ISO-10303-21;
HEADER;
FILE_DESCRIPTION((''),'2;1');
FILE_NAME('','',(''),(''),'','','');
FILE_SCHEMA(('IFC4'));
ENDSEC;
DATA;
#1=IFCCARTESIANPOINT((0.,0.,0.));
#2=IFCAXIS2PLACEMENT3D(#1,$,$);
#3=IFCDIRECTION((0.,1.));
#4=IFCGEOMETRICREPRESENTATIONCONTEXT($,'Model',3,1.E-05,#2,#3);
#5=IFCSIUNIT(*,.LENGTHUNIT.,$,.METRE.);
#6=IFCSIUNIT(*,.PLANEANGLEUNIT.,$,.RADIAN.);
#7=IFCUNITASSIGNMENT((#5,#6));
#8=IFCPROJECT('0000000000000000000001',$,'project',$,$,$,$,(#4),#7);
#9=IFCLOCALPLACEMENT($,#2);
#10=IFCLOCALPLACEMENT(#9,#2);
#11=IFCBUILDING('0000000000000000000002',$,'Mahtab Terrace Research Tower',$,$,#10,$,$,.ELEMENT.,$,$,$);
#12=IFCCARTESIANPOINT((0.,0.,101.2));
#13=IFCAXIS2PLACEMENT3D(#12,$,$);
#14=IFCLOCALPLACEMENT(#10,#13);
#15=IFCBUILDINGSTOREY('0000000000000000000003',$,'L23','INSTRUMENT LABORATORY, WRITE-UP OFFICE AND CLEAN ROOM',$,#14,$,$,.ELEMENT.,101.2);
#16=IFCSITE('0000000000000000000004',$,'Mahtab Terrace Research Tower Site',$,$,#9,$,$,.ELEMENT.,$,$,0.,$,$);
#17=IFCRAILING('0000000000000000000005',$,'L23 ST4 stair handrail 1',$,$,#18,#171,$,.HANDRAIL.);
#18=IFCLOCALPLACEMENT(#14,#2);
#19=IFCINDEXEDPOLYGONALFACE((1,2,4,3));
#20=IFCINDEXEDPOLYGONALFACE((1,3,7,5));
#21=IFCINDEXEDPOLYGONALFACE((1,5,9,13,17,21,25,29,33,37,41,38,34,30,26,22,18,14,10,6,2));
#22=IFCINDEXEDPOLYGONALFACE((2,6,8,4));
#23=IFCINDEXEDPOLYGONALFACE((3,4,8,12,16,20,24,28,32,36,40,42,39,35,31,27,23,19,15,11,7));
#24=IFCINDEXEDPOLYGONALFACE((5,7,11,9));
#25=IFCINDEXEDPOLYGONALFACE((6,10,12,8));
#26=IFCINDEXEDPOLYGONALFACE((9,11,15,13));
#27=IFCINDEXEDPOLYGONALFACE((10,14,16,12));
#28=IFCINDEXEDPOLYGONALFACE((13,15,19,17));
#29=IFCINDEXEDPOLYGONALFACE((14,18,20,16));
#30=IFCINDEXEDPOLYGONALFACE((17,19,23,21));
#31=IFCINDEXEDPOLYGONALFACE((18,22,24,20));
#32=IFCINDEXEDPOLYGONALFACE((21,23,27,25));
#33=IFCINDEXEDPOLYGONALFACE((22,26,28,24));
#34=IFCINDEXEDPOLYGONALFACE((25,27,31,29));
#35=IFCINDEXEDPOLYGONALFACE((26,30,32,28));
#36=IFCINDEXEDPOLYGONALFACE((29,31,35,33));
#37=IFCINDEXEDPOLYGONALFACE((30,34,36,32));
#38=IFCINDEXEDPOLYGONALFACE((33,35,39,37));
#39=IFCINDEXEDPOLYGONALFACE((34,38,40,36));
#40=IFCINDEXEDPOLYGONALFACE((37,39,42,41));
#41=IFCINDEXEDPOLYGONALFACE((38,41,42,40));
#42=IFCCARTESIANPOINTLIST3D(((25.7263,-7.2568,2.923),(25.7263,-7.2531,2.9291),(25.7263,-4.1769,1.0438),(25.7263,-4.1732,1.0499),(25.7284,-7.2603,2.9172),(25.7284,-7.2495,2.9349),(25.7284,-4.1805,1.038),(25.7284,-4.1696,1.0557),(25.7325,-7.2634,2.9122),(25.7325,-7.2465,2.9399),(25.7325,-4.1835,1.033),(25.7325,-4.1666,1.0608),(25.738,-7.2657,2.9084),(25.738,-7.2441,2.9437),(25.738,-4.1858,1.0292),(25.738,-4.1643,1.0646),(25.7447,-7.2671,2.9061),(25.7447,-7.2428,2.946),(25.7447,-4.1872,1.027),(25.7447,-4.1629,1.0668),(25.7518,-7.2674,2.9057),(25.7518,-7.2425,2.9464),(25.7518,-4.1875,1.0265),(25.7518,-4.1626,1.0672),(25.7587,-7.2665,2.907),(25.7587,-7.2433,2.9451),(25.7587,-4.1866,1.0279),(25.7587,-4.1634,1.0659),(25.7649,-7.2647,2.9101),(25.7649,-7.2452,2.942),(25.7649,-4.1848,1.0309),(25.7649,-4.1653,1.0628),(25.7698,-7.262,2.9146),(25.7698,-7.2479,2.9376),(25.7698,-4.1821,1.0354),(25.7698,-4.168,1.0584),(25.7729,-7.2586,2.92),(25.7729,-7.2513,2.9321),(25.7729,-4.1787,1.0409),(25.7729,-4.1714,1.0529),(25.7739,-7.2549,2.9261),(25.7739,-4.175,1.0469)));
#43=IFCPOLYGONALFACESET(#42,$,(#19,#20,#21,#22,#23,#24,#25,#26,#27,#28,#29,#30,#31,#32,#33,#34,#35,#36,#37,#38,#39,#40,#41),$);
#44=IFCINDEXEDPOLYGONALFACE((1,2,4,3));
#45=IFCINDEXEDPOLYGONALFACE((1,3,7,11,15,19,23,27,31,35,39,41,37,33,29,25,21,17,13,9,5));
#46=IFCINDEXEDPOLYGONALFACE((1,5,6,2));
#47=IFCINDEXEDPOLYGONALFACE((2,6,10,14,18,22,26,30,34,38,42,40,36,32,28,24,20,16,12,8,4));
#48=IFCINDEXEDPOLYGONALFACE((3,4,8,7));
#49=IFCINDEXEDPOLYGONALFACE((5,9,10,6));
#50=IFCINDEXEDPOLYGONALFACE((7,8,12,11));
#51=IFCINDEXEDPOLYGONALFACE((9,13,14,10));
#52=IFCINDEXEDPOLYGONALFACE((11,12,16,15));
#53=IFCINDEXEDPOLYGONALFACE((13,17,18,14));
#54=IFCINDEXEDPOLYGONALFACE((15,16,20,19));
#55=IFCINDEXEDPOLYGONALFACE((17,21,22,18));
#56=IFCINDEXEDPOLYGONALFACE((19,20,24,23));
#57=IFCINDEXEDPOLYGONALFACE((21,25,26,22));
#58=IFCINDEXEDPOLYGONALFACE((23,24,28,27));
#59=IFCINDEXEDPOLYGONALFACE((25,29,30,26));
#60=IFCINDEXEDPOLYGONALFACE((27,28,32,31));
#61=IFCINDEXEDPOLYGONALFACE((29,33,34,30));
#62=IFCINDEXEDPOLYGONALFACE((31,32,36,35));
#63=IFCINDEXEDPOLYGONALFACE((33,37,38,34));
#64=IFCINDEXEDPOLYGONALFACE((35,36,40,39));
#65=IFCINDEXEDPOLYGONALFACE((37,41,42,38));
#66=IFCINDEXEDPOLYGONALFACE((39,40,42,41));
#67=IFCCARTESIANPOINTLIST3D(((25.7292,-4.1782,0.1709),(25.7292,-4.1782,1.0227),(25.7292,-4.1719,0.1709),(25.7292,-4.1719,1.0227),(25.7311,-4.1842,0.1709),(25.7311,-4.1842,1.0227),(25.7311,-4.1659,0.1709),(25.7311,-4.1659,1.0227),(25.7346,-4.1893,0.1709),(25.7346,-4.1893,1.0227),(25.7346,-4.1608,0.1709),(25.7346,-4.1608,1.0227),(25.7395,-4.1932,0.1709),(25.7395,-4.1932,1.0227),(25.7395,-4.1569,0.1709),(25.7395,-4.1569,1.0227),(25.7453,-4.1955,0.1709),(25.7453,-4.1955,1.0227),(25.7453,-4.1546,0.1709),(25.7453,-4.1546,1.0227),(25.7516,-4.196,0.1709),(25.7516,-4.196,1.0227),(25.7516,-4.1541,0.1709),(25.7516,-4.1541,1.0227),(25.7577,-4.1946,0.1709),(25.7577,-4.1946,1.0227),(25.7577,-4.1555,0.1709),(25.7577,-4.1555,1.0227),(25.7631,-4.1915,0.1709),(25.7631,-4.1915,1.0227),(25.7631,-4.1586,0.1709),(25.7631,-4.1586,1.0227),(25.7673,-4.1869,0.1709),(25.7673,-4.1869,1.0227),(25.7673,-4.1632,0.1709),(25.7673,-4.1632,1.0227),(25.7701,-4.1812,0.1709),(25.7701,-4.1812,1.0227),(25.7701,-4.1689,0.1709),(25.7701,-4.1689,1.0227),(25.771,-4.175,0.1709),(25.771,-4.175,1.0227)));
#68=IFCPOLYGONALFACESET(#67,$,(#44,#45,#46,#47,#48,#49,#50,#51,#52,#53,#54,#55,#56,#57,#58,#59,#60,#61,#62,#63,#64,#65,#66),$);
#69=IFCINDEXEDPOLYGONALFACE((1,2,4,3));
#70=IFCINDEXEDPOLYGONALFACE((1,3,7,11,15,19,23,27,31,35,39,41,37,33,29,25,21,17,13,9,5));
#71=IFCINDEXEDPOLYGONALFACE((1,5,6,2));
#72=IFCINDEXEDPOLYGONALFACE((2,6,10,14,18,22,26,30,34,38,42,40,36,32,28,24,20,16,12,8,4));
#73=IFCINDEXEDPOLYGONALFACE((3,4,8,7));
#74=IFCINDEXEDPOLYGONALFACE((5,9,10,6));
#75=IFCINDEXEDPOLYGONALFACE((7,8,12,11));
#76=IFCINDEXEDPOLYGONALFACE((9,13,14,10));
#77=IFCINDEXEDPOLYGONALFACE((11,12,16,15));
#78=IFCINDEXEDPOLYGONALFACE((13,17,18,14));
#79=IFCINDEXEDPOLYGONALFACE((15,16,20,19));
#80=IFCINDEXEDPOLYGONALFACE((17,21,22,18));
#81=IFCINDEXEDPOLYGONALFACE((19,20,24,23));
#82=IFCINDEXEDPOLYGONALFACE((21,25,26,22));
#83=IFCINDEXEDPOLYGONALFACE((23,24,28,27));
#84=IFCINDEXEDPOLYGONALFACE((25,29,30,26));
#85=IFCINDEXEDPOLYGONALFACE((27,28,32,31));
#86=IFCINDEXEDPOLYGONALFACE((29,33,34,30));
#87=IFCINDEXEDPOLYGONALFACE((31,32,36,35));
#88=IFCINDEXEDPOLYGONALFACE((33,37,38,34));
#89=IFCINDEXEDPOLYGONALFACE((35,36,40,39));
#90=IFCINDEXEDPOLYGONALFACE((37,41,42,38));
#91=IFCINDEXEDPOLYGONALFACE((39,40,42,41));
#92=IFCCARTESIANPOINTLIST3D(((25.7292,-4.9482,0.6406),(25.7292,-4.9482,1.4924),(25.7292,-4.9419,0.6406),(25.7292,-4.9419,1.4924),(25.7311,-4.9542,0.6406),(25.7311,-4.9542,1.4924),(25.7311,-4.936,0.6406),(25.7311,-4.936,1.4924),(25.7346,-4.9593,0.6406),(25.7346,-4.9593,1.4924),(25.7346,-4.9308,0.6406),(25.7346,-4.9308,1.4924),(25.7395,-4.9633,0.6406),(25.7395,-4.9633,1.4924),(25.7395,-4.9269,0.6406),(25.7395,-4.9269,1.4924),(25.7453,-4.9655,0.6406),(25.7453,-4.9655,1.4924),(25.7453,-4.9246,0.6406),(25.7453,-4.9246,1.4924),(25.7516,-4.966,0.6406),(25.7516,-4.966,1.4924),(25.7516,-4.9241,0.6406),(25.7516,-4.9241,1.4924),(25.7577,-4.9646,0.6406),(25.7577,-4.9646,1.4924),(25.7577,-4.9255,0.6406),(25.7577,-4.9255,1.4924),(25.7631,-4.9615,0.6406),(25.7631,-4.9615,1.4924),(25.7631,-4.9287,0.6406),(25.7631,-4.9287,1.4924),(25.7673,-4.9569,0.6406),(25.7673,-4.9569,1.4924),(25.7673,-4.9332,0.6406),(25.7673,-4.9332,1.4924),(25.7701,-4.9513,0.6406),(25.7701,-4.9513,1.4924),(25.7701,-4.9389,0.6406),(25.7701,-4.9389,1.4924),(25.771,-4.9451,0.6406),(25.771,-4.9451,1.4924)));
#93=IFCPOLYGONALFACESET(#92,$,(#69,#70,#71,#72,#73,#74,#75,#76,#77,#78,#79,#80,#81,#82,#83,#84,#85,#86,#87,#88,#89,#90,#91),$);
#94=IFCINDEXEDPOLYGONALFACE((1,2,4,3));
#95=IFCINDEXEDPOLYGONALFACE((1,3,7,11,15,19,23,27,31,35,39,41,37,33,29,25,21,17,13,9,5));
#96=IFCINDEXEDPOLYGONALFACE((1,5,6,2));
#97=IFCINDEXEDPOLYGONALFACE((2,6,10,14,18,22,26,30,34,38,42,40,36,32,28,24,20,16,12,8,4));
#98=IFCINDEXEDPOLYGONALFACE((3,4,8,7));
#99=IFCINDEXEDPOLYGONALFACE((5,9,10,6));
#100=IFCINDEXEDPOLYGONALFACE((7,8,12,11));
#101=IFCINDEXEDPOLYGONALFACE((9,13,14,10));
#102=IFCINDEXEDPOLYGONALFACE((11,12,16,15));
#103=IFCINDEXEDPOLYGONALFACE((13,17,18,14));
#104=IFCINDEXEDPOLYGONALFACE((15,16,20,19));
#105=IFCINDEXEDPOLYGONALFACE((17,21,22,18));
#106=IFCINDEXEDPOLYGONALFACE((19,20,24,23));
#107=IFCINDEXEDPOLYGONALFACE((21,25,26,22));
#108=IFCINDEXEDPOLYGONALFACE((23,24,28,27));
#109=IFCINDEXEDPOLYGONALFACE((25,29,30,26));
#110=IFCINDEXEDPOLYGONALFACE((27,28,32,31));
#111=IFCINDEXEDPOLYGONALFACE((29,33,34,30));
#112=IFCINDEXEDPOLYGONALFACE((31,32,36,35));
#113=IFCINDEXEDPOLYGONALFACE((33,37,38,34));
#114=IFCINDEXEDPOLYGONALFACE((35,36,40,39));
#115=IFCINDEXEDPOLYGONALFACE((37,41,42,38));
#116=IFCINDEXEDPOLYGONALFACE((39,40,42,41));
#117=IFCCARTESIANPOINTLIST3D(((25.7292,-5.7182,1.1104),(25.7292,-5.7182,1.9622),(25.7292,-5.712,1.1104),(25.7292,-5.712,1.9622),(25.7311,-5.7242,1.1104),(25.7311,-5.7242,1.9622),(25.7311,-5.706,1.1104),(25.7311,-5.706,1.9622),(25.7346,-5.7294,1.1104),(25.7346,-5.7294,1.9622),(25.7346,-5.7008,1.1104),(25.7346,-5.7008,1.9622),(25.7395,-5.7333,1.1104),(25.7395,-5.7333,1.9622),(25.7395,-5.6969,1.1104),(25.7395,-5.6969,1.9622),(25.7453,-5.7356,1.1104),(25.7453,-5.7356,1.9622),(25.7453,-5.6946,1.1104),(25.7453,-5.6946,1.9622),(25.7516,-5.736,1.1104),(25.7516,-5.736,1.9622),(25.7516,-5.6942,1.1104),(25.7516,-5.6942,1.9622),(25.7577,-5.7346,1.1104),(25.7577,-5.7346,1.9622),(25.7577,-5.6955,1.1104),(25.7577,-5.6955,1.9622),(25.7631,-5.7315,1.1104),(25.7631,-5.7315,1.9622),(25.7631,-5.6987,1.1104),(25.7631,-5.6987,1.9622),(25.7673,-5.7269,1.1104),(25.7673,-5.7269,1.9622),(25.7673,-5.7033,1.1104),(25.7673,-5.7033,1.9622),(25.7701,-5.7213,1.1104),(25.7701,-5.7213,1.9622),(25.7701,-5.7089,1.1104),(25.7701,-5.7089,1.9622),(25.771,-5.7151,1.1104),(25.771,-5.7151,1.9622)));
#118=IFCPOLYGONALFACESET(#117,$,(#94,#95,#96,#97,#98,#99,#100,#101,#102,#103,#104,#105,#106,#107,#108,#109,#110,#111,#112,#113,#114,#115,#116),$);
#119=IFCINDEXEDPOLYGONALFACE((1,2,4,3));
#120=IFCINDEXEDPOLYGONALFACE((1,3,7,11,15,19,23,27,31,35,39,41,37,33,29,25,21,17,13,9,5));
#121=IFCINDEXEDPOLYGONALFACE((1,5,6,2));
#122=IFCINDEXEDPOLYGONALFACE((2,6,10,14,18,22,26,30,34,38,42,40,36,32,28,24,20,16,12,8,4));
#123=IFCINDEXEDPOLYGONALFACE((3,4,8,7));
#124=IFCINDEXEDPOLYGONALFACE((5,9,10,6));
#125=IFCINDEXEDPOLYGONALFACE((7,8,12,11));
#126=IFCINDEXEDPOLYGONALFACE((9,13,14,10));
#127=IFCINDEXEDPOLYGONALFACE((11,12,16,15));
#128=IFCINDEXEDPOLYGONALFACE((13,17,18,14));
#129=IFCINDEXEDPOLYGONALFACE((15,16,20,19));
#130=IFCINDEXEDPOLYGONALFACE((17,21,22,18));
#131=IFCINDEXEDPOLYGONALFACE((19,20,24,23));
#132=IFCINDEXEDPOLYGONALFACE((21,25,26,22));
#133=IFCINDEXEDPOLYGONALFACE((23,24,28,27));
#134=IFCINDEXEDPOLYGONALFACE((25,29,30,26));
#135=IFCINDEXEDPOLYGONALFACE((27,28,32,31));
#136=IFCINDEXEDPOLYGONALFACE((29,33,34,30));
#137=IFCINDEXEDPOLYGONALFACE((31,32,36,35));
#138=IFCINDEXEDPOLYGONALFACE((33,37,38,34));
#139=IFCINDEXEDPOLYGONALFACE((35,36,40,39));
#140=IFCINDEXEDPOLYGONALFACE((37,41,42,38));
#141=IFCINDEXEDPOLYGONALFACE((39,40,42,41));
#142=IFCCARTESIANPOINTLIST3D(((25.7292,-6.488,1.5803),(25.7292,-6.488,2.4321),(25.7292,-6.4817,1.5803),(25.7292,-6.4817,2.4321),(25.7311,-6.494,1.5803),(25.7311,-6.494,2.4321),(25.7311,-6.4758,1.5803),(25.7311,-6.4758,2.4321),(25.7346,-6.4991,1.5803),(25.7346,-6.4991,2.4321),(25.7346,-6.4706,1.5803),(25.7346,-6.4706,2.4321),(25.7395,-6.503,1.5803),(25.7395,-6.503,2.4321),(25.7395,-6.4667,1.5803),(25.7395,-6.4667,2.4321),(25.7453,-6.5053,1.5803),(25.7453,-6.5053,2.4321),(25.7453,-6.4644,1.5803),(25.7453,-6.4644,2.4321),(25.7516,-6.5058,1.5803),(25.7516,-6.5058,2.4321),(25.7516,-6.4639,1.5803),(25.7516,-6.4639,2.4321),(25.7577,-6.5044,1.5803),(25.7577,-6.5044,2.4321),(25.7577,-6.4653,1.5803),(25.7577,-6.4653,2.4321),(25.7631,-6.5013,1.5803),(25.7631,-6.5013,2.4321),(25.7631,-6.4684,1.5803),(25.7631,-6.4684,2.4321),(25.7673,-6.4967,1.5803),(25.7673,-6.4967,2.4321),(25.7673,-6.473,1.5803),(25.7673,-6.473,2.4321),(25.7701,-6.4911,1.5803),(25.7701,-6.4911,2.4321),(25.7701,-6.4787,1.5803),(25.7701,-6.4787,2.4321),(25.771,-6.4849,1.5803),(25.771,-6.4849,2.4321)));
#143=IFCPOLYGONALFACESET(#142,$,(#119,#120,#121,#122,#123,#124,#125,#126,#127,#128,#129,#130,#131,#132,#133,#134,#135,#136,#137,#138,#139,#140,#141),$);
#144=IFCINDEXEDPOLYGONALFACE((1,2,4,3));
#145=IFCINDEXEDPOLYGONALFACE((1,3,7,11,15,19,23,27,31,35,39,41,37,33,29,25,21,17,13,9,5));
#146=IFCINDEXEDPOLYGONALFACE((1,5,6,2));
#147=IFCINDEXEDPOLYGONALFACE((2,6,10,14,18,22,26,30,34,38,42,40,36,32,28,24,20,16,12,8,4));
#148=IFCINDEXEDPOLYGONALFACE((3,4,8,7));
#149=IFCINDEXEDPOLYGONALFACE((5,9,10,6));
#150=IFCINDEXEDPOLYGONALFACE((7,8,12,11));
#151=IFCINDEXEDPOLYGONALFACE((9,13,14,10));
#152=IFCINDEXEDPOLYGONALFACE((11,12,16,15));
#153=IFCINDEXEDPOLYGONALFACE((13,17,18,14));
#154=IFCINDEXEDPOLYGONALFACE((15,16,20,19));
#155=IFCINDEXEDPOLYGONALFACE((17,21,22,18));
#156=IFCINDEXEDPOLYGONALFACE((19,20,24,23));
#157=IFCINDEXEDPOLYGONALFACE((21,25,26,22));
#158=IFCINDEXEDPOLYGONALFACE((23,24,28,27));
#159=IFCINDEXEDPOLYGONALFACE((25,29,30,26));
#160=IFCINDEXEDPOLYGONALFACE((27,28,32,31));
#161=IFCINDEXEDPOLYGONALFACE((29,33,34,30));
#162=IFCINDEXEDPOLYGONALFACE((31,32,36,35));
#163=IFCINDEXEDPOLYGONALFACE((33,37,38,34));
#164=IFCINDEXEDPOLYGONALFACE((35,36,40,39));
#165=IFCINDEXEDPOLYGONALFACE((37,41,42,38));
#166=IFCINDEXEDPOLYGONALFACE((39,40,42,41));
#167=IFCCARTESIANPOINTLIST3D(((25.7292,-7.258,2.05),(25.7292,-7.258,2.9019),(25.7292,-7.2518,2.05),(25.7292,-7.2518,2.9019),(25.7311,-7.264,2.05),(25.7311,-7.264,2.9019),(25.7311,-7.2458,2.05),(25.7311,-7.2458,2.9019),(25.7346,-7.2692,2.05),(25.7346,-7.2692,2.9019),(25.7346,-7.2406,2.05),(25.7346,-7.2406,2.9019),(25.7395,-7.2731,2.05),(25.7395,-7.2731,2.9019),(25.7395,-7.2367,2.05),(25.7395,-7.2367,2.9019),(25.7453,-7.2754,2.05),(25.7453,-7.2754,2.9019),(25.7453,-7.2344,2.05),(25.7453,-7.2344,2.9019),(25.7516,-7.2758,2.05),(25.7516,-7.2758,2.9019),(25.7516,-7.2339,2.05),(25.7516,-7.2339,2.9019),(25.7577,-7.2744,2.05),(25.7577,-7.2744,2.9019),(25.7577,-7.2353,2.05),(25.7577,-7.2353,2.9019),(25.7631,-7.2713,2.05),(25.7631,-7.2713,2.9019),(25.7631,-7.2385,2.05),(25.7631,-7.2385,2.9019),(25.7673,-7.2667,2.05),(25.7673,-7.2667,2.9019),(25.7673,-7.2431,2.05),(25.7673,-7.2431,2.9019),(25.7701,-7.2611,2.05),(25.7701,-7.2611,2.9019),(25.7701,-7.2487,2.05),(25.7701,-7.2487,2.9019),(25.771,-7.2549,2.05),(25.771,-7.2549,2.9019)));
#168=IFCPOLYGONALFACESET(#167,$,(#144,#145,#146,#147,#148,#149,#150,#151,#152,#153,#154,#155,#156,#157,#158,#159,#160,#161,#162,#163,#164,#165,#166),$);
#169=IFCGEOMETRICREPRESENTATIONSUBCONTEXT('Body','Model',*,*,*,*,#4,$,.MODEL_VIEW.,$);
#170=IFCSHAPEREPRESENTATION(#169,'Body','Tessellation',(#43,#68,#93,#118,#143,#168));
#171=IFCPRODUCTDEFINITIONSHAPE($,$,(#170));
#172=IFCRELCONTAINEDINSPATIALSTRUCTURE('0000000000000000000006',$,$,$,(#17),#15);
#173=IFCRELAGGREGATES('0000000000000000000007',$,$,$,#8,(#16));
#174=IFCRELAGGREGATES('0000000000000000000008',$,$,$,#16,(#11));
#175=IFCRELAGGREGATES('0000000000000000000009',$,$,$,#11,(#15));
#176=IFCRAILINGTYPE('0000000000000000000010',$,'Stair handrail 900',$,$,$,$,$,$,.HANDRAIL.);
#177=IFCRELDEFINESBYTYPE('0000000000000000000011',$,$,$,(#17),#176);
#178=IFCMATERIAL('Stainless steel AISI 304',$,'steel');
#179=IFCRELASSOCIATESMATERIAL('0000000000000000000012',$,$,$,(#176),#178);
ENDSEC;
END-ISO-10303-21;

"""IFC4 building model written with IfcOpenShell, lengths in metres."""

from ifc_helpers import new_model, si_unit, direction, frame, origin, origin_2d, place, context, subcontext, project, spatial, circle, extrude, material, type_object, element, save


model = new_model("IFC4")

# Units and contexts
model_context = context("Model", 3, precision=1e-05, world=origin(), true_north=direction((0.0, 1.0)))
body_context = subcontext(model_context, "Body", "Model", "MODEL_VIEW")
ifc_project = project(units=[si_unit("LENGTHUNIT", "METRE"), si_unit("PLANEANGLEUNIT", "RADIAN")], contexts=[model_context])

# Site, building, storey
site_placement = place(None, origin())
site = spatial("IfcSite", under=ifc_project, at=site_placement, Name="Mahtab Terrace Research Tower Site", CompositionType="ELEMENT", RefElevation=0.0)
building_placement = place(site_placement, origin())
building = spatial("IfcBuilding", under=site, at=building_placement, Name="Mahtab Terrace Research Tower", CompositionType="ELEMENT")
storey_placement = place(building_placement, frame((0.0, 0.0, 101.2)))
storey = spatial("IfcBuildingStorey", under=building, at=storey_placement, Name="L23", Description="INSTRUMENT LABORATORY, WRITE-UP OFFICE AND CLEAN ROOM", CompositionType="ELEMENT", Elevation=101.2)

# Shared definitions
ifc_material_1 = material(Name="Stainless steel AISI 304", Category="steel")

# Railing
railing_type_1 = type_object("IfcRailingType", Name="Stair handrail 900", PredefinedType="HANDRAIL", material=ifc_material_1)
railing_1_placement = place(storey_placement, frame((25.75, -4.175, 0.1709)))
element("IfcRailing", 1, at=railing_1_placement, inside=storey, type_object=railing_type_1, Name="L23 ST4 stair handrail 1", PredefinedType="HANDRAIL", context=body_context, shape_type="SweptSolid", body=[
    extrude(circle(Radius=0.0239, at=origin_2d()), frame((0.0, 0.0, 0.876), z_axis=(0.0, -0.853648, 0.52085), x_axis=(1.0, 0.0, 0.0)), (0.0, 0.0, 1.0), 3.6079),
    extrude(circle(Radius=0.021, at=origin_2d()), origin(), (0.0, 0.0, 1.0), 0.8518),
    extrude(circle(Radius=0.021, at=origin_2d()), frame((0.0, -0.77, 0.4697)), (0.0, 0.0, 1.0), 0.8518),
    extrude(circle(Radius=0.021, at=origin_2d()), frame((0.0, -1.54, 0.9395)), (0.0, 0.0, 1.0), 0.8518),
    extrude(circle(Radius=0.021, at=origin_2d()), frame((0.0, -2.3098, 1.4094)), (0.0, 0.0, 1.0), 0.8518),
    extrude(circle(Radius=0.021, at=origin_2d()), frame((0.0, -3.0798, 1.8792)), (0.0, 0.0, 1.0), 0.8518),
])

save(model, "model.ifc")
